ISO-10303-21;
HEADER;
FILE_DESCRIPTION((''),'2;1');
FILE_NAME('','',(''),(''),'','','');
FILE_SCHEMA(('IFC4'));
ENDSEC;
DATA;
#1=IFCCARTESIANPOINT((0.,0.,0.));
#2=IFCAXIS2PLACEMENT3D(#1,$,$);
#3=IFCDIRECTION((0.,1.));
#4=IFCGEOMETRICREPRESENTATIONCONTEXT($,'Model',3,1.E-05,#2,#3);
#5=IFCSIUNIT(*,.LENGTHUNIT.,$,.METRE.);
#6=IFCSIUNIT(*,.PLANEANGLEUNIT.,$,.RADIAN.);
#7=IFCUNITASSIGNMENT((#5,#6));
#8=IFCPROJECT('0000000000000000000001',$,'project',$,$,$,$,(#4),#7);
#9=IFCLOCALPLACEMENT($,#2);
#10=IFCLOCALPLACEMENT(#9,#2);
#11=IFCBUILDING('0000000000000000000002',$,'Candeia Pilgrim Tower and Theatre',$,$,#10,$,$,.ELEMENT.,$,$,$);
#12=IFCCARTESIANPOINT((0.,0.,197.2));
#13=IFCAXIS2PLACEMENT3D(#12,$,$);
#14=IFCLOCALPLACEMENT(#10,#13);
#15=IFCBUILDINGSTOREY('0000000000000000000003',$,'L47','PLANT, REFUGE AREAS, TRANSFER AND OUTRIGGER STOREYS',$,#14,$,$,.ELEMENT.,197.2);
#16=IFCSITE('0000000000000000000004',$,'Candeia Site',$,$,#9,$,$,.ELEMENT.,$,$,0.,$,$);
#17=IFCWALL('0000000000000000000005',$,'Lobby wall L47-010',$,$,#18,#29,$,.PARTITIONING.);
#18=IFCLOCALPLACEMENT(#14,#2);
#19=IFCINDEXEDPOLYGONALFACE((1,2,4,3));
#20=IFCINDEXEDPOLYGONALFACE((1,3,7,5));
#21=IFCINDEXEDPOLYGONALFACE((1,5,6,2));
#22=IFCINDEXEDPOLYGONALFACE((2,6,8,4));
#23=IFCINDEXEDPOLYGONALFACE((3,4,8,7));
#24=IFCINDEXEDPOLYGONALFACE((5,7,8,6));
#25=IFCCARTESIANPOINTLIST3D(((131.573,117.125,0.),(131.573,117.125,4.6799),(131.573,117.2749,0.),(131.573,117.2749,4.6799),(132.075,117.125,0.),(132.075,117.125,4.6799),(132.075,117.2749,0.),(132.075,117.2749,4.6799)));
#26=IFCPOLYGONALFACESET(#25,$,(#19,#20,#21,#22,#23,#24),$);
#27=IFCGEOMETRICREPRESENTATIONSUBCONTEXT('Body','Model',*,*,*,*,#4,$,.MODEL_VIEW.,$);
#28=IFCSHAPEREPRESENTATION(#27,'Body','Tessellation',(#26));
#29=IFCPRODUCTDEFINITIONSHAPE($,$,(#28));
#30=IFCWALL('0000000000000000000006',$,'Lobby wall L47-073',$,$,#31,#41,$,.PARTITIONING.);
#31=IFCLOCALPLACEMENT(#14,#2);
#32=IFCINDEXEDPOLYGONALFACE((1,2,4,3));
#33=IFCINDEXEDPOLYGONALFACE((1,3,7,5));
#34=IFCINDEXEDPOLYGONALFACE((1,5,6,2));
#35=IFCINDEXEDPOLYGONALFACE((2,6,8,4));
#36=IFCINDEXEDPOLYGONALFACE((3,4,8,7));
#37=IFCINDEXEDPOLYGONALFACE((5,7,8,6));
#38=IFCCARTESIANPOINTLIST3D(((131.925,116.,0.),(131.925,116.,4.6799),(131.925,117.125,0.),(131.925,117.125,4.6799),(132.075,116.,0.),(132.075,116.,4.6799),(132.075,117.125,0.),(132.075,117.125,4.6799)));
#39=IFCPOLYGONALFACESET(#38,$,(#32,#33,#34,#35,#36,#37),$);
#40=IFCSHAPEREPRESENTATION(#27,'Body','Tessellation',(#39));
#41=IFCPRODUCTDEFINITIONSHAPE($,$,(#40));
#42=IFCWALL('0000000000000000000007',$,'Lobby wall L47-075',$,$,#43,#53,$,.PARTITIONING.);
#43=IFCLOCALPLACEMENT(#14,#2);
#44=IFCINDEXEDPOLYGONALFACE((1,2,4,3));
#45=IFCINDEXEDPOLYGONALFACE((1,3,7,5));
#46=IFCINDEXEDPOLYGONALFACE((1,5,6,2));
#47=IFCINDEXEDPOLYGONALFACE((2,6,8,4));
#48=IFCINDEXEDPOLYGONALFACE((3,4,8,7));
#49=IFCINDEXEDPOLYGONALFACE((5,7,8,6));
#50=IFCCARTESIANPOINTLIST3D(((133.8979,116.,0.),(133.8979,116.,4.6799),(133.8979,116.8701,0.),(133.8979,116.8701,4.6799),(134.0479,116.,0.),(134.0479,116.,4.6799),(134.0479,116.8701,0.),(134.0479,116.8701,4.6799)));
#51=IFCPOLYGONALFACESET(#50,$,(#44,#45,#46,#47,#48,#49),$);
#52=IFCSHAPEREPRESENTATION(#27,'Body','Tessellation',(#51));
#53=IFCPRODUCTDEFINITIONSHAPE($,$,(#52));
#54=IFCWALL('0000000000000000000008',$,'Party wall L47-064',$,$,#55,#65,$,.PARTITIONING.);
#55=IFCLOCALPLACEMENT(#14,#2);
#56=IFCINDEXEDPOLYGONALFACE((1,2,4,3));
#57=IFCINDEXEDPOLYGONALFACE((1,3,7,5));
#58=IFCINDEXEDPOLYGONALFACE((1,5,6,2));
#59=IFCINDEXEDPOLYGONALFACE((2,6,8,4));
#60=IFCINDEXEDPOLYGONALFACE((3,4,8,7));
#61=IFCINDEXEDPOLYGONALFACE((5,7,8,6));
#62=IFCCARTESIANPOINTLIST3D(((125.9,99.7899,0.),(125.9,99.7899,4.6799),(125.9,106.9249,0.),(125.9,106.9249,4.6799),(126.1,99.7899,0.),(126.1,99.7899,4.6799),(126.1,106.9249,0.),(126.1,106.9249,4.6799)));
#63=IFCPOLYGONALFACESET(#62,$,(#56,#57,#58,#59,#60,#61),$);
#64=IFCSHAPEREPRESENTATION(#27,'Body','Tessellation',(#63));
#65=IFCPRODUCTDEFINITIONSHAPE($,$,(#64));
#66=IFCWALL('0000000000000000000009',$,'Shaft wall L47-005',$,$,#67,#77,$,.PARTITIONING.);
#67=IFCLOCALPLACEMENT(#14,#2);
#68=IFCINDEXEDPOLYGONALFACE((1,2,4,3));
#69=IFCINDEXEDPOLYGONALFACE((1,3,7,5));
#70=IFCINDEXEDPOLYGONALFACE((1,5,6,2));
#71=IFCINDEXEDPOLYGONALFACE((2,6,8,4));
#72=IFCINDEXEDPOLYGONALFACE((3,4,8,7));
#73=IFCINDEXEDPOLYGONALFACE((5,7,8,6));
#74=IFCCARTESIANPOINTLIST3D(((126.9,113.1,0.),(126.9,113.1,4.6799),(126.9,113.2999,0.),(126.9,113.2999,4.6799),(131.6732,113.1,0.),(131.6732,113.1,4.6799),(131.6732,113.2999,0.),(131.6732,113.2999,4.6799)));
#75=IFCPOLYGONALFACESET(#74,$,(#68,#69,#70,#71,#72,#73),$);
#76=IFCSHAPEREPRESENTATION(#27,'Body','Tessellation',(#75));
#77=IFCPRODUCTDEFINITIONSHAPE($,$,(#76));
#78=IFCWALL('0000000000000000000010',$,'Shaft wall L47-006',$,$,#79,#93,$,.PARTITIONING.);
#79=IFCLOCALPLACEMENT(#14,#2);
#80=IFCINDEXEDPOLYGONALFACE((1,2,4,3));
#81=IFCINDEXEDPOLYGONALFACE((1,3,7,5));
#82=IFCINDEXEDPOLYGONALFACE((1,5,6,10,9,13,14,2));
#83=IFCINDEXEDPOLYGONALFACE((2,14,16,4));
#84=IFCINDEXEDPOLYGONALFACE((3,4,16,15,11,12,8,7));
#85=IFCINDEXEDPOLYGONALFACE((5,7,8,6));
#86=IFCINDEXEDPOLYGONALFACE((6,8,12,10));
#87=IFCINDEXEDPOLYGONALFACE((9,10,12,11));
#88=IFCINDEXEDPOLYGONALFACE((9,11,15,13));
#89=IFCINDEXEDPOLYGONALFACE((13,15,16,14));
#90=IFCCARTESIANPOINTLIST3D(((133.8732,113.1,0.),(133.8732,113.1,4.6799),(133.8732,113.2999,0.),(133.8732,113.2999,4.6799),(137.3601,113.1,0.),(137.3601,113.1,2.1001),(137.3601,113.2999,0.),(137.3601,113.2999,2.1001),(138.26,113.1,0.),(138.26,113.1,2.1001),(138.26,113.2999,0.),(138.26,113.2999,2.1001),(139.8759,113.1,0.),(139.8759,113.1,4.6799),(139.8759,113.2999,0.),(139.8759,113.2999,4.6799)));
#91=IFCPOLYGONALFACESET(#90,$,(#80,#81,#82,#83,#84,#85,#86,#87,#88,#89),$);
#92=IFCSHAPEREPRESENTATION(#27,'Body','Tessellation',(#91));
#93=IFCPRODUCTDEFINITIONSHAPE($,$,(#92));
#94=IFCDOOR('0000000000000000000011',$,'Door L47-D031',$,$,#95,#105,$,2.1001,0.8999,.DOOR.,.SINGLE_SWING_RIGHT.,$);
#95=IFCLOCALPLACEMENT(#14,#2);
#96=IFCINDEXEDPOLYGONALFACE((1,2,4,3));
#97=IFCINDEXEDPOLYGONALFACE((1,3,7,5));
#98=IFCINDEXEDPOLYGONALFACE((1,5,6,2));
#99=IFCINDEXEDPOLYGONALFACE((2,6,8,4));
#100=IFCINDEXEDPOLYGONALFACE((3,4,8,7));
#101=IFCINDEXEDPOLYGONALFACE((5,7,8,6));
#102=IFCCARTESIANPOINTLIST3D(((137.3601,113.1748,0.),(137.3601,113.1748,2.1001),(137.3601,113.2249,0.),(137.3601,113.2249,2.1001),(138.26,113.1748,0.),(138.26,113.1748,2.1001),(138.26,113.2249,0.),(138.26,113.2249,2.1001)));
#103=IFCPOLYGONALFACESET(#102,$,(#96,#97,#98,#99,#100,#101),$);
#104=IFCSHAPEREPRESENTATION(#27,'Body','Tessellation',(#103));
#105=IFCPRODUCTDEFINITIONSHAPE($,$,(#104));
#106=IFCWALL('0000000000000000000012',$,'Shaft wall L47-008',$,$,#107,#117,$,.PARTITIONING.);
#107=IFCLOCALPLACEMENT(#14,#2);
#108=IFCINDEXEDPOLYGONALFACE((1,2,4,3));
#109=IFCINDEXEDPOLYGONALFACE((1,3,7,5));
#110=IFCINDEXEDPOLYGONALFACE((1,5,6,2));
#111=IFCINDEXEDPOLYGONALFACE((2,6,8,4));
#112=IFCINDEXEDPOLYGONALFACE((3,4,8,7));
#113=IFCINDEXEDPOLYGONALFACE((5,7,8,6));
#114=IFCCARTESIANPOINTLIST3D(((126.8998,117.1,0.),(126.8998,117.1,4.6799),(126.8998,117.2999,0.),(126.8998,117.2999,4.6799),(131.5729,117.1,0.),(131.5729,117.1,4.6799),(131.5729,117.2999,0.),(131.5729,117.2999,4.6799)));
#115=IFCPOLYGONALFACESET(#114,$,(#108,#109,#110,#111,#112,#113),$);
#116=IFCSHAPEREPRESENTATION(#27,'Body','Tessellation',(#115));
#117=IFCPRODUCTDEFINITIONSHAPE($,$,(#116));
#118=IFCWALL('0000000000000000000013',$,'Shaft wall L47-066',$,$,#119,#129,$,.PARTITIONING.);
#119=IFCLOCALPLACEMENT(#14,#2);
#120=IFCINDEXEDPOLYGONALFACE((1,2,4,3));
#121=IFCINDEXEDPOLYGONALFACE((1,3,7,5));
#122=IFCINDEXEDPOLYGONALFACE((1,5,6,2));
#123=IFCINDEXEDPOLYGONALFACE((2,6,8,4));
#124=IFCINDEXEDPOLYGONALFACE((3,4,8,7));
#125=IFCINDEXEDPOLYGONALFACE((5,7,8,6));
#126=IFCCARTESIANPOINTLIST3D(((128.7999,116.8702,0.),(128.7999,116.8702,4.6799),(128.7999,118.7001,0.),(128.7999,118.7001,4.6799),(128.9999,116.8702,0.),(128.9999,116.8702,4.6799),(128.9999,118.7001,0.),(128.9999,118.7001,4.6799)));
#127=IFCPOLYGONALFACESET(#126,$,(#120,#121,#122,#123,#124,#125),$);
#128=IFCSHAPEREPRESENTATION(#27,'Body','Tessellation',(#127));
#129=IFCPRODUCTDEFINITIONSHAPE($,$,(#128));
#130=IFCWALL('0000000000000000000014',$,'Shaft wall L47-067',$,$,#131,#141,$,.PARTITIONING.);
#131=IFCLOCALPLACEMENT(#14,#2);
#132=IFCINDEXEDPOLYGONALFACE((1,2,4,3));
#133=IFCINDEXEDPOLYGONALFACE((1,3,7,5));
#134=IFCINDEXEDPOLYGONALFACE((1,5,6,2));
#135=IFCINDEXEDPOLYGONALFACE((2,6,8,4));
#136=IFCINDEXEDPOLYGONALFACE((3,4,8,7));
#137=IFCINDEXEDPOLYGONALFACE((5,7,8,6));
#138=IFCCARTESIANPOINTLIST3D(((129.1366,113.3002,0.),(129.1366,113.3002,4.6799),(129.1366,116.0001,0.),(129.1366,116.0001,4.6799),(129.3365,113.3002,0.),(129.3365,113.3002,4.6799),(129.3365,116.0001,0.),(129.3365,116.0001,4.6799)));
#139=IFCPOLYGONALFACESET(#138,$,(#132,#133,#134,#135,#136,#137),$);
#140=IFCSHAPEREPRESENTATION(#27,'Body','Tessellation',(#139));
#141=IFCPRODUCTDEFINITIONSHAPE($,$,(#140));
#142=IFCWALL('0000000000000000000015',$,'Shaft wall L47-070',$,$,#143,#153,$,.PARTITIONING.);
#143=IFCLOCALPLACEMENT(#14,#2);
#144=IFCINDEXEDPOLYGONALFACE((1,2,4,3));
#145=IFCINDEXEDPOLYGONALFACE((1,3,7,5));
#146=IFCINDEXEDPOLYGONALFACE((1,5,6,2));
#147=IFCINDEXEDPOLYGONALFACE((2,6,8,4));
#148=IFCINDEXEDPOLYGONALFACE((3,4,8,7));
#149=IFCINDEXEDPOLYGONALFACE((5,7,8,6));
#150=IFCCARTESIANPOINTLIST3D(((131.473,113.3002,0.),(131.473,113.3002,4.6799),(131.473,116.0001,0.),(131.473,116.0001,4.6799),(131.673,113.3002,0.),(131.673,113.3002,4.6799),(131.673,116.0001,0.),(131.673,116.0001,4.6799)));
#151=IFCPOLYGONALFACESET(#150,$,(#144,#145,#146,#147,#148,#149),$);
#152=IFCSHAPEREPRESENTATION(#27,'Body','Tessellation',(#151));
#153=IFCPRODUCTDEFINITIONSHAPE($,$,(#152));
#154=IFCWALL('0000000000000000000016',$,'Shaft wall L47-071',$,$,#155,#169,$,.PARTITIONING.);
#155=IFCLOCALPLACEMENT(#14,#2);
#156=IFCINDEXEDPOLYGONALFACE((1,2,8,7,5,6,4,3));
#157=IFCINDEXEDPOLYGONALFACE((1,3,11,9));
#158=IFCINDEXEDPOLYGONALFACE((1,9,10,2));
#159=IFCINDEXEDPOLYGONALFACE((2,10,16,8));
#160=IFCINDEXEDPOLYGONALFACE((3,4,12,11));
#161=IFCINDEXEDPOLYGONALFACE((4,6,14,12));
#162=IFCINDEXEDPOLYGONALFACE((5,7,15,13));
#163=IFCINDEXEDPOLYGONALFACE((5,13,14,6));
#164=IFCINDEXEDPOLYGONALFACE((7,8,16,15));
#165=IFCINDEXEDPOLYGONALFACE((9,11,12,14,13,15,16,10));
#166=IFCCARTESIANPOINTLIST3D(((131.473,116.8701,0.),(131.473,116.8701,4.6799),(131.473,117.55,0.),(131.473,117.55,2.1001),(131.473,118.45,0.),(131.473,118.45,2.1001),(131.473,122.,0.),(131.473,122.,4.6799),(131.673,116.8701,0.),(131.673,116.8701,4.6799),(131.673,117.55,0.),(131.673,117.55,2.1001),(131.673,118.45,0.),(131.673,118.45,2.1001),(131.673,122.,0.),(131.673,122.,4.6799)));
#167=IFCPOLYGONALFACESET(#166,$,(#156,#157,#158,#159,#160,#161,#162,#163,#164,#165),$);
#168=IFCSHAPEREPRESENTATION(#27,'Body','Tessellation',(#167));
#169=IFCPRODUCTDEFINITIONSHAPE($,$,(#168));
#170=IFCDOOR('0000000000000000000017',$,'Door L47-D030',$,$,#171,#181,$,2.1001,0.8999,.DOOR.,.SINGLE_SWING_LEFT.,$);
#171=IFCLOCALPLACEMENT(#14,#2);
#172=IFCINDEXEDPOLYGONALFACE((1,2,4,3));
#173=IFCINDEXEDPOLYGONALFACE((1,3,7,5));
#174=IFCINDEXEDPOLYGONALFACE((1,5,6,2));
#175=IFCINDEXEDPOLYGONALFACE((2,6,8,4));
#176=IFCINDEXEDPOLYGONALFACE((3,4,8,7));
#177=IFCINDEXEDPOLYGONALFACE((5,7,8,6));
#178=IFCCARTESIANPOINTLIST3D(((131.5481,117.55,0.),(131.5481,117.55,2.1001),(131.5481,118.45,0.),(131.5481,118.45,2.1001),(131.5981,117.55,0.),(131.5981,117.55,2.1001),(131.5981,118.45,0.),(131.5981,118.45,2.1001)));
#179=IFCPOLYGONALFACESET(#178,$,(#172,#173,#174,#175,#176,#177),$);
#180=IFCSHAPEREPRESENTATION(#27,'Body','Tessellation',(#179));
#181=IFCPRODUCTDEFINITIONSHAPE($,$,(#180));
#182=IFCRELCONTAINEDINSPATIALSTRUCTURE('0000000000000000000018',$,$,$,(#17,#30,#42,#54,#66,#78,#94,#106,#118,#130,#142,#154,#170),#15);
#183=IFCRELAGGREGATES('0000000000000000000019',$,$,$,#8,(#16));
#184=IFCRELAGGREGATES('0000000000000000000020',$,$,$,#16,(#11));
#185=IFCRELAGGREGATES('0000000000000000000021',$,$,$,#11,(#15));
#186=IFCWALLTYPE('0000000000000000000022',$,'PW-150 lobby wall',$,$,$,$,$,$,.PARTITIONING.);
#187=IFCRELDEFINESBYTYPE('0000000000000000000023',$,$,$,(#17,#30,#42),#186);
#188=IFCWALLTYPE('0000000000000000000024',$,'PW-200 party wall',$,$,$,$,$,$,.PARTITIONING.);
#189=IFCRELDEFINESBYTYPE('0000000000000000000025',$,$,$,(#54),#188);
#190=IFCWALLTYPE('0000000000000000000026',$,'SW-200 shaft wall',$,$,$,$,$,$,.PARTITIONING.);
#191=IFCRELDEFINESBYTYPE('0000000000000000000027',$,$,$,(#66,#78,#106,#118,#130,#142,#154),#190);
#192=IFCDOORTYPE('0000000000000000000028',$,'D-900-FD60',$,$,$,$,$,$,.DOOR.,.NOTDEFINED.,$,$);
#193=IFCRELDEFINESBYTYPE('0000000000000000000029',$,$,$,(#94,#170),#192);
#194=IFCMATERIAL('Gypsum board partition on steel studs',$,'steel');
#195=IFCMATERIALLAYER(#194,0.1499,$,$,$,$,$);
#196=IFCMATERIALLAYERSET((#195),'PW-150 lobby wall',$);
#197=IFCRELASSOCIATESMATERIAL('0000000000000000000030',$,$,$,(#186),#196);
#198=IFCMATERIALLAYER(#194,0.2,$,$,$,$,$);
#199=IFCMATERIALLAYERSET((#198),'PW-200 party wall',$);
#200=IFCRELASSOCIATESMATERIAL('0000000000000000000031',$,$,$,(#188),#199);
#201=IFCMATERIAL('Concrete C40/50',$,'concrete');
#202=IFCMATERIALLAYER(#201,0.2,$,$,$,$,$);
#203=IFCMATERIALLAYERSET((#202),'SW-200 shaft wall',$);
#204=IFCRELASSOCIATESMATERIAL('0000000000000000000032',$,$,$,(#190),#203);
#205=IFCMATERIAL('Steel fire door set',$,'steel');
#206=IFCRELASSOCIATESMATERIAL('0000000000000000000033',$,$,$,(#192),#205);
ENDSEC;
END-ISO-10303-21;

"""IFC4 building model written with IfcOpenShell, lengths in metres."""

from ifc_helpers import new_model, si_unit, direction, frame, frame_2d, origin, place, context, subcontext, project, spatial, rectangle, extrude, material, layer, layer_set, type_object, element, fill, save


model = new_model("IFC4")

# Units and contexts
model_context = context("Model", 3, precision=1e-05, world=origin(), true_north=direction((0.0, 1.0)))
body_context = subcontext(model_context, "Body", "Model", "MODEL_VIEW")
ifc_project = project(units=[si_unit("LENGTHUNIT", "METRE"), si_unit("PLANEANGLEUNIT", "RADIAN")], contexts=[model_context])

# Site, building, storey
site_placement = place(None, origin())
site = spatial("IfcSite", under=ifc_project, at=site_placement, Name="Candeia Site", CompositionType="ELEMENT", RefElevation=0.0)
building_placement = place(site_placement, origin())
building = spatial("IfcBuilding", under=site, at=building_placement, Name="Candeia Pilgrim Tower and Theatre", CompositionType="ELEMENT")
storey_placement = place(building_placement, frame((0.0, 0.0, 197.2)))
storey = spatial("IfcBuildingStorey", under=building, at=storey_placement, Name="L47", Description="PLANT, REFUGE AREAS, TRANSFER AND OUTRIGGER STOREYS", CompositionType="ELEMENT", Elevation=197.2)

# Shared definitions
ifc_material_1 = material(Name="Steel fire door set", Category="steel")

# Walls
ifc_material_2 = material(Name="Gypsum board partition on steel studs", Category="steel")
ifc_layer_1 = layer(ifc_material_2, 0.1499)
ifc_layer_set_1 = layer_set([ifc_layer_1], Name="PW-150 lobby wall")
wall_type_1 = type_object("IfcWallType", Name="PW-150 lobby wall", PredefinedType="PARTITIONING", material=ifc_layer_set_1)
wall_1_placement = place(storey_placement, frame((131.573, 117.2, 0.0), z_axis=(0.0, 0.0, 1.0), x_axis=(1.0, 0.0, 0.0)))
element("IfcWall", 1, at=wall_1_placement, inside=storey, type_object=wall_type_1, Name="Lobby wall L47-010", PredefinedType="PARTITIONING", context=body_context, shape_type="SweptSolid", body=[
    extrude(rectangle(XDim=0.502, YDim=0.1499, at=frame_2d((0.251, 0.0))), origin(), (0.0, 0.0, 1.0), 4.6799),
])
wall_2_placement = place(storey_placement, frame((132.0, 116.0, 0.0), z_axis=(0.0, 0.0, 1.0), x_axis=(0.0, 1.0, 0.0)))
element("IfcWall", 2, at=wall_2_placement, inside=storey, type_object=wall_type_1, Name="Lobby wall L47-073", PredefinedType="PARTITIONING", context=body_context, shape_type="SweptSolid", body=[
    extrude(rectangle(XDim=1.125, YDim=0.1499, at=frame_2d((0.5625, 0.0))), origin(), (0.0, 0.0, 1.0), 4.6799),
])
wall_3_placement = place(storey_placement, frame((133.9729, 116.0, 0.0), z_axis=(0.0, 0.0, 1.0), x_axis=(0.0, 1.0, 0.0)))
element("IfcWall", 3, at=wall_3_placement, inside=storey, type_object=wall_type_1, Name="Lobby wall L47-075", PredefinedType="PARTITIONING", context=body_context, shape_type="SweptSolid", body=[
    extrude(rectangle(XDim=0.8701, YDim=0.1499, at=frame_2d((0.4351, 0.0))), origin(), (0.0, 0.0, 1.0), 4.6799),
])
ifc_layer_2 = layer(ifc_material_2, 0.2)
ifc_layer_set_2 = layer_set([ifc_layer_2], Name="PW-200 party wall")
wall_type_2 = type_object("IfcWallType", Name="PW-200 party wall", PredefinedType="PARTITIONING", material=ifc_layer_set_2)
wall_4_placement = place(storey_placement, frame((126.0, 99.79, 0.0), z_axis=(0.0, 0.0, 1.0), x_axis=(0.0, 1.0, 0.0)))
element("IfcWall", 4, at=wall_4_placement, inside=storey, type_object=wall_type_2, Name="Party wall L47-064", PredefinedType="PARTITIONING", context=body_context, shape_type="SweptSolid", body=[
    extrude(rectangle(XDim=7.135, YDim=0.2, at=frame_2d((3.5674, 0.0))), origin(), (0.0, 0.0, 1.0), 4.6799),
])
ifc_material_3 = material(Name="Concrete C40/50", Category="concrete")
ifc_layer_3 = layer(ifc_material_3, 0.2)
ifc_layer_set_3 = layer_set([ifc_layer_3], Name="SW-200 shaft wall")
wall_type_3 = type_object("IfcWallType", Name="SW-200 shaft wall", PredefinedType="PARTITIONING", material=ifc_layer_set_3)
wall_5_placement = place(storey_placement, frame((126.8999, 113.2, 0.0), z_axis=(0.0, 0.0, 1.0), x_axis=(1.0, 0.0, 0.0)))
element("IfcWall", 5, at=wall_5_placement, inside=storey, type_object=wall_type_3, Name="Shaft wall L47-005", PredefinedType="PARTITIONING", context=body_context, shape_type="SweptSolid", body=[
    extrude(rectangle(XDim=4.7732, YDim=0.2, at=frame_2d((2.3867, 0.0))), origin(), (0.0, 0.0, 1.0), 4.6799),
])

# Wall, opening, door
wall_6_placement = place(storey_placement, frame((133.873, 113.2, 0.0), z_axis=(0.0, 0.0, 1.0), x_axis=(1.0, 0.0, 0.0)))
wall_6 = element("IfcWall", 6, at=wall_6_placement, inside=storey, type_object=wall_type_3, Name="Shaft wall L47-006", PredefinedType="PARTITIONING", context=body_context, shape_type="SweptSolid", body=[
    extrude(rectangle(XDim=6.0027, YDim=0.2, at=frame_2d((3.0015, 0.0))), origin(), (0.0, 0.0, 1.0), 4.6799),
])
opening_1_placement = place(wall_6_placement, frame((3.4871, 0.0, 0.0)))
opening_1 = element("IfcOpeningElement", 7, at=opening_1_placement, cuts=wall_6, PredefinedType="OPENING", context=body_context, shape_type="SweptSolid", body=[
    extrude(rectangle(XDim=0.8999, YDim=2.1001, at=frame_2d((0.45, 1.05))), frame((0.0, 0.1099, 0.0), z_axis=(0.0, -1.0, 0.0), x_axis=(1.0, 0.0, 0.0)), (0.0, 0.0, 1.0), 0.22),
])
door_type_1 = type_object("IfcDoorType", Name="D-900-FD60", OperationType="NOTDEFINED", PredefinedType="DOOR", material=ifc_material_1)
door_1_placement = place(opening_1_placement, origin())
door_1 = element("IfcDoor", 8, at=door_1_placement, inside=storey, type_object=door_type_1, Name="Door L47-D031", OperationType="SINGLE_SWING_RIGHT", OverallHeight=2.1001, OverallWidth=0.8999, PredefinedType="DOOR", context=body_context, shape_type="SweptSolid", body=[
    extrude(rectangle(XDim=0.8999, YDim=2.1001, at=frame_2d((0.45, 1.05))), frame((0.0, 0.0249, 0.0), z_axis=(0.0, -1.0, 0.0), x_axis=(1.0, 0.0, 0.0)), (0.0, 0.0, 1.0), 0.05),
])
fill(opening_1, door_1)

# Walls
wall_7_placement = place(storey_placement, frame((126.8999, 117.2, 0.0), z_axis=(0.0, 0.0, 1.0), x_axis=(1.0, 0.0, 0.0)))
element("IfcWall", 9, at=wall_7_placement, inside=storey, type_object=wall_type_3, Name="Shaft wall L47-008", PredefinedType="PARTITIONING", context=body_context, shape_type="SweptSolid", body=[
    extrude(rectangle(XDim=4.6731, YDim=0.2, at=frame_2d((2.3364, 0.0))), origin(), (0.0, 0.0, 1.0), 4.6799),
])
wall_8_placement = place(storey_placement, frame((128.8999, 116.8701, 0.0), z_axis=(0.0, 0.0, 1.0), x_axis=(0.0, 1.0, 0.0)))
element("IfcWall", 10, at=wall_8_placement, inside=storey, type_object=wall_type_3, Name="Shaft wall L47-066", PredefinedType="PARTITIONING", context=body_context, shape_type="SweptSolid", body=[
    extrude(rectangle(XDim=1.8298, YDim=0.2, at=frame_2d((0.915, 0.0))), origin(), (0.0, 0.0, 1.0), 4.6799),
])
for number, where, z_axis, x_axis, name in (
    (11, (129.2366, 113.3, 0.0), (0.0, 0.0, 1.0), (0.0, 1.0, 0.0), "Shaft wall L47-067"),
    (12, (131.573, 113.3, 0.0), (0.0, 0.0, 1.0), (0.0, 1.0, 0.0), "Shaft wall L47-070"),
):
    element("IfcWall", number, at=place(storey_placement, frame(where, z_axis=z_axis, x_axis=x_axis)), inside=storey, type_object=wall_type_3, Name=name, PredefinedType="PARTITIONING", context=body_context, shape_type="SweptSolid", body=[
        extrude(rectangle(XDim=2.7, YDim=0.2, at=frame_2d((1.3501, 0.0))), origin(), (0.0, 0.0, 1.0), 4.6799),
    ])

# Wall, opening, door
wall_9_placement = place(storey_placement, frame((131.573, 116.8701, 0.0), z_axis=(0.0, 0.0, 1.0), x_axis=(0.0, 1.0, 0.0)))
wall_9 = element("IfcWall", 13, at=wall_9_placement, inside=storey, type_object=wall_type_3, Name="Shaft wall L47-071", PredefinedType="PARTITIONING", context=body_context, shape_type="SweptSolid", body=[
    extrude(rectangle(XDim=5.1299, YDim=0.2, at=frame_2d((2.5649, 0.0))), origin(), (0.0, 0.0, 1.0), 4.6799),
])
opening_2_placement = place(wall_9_placement, frame((0.6799, 0.0, 0.0)))
opening_2 = element("IfcOpeningElement", 14, at=opening_2_placement, cuts=wall_9, PredefinedType="OPENING", context=body_context, shape_type="SweptSolid", body=[
    extrude(rectangle(XDim=0.8999, YDim=2.1001, at=frame_2d((0.45, 1.05))), frame((0.0, 0.1099, 0.0), z_axis=(0.0, -1.0, 0.0), x_axis=(1.0, 0.0, 0.0)), (0.0, 0.0, 1.0), 0.22),
])
door_2_placement = place(opening_2_placement, origin())
door_2 = element("IfcDoor", 15, at=door_2_placement, inside=storey, type_object=door_type_1, Name="Door L47-D030", OperationType="SINGLE_SWING_LEFT", OverallHeight=2.1001, OverallWidth=0.8999, PredefinedType="DOOR", context=body_context, shape_type="SweptSolid", body=[
    extrude(rectangle(XDim=0.8999, YDim=2.1001, at=frame_2d((0.45, 1.05))), frame((0.0, 0.0249, 0.0), z_axis=(0.0, -1.0, 0.0), x_axis=(1.0, 0.0, 0.0)), (0.0, 0.0, 1.0), 0.05),
])
fill(opening_2, door_2)

save(model, "model.ifc")
